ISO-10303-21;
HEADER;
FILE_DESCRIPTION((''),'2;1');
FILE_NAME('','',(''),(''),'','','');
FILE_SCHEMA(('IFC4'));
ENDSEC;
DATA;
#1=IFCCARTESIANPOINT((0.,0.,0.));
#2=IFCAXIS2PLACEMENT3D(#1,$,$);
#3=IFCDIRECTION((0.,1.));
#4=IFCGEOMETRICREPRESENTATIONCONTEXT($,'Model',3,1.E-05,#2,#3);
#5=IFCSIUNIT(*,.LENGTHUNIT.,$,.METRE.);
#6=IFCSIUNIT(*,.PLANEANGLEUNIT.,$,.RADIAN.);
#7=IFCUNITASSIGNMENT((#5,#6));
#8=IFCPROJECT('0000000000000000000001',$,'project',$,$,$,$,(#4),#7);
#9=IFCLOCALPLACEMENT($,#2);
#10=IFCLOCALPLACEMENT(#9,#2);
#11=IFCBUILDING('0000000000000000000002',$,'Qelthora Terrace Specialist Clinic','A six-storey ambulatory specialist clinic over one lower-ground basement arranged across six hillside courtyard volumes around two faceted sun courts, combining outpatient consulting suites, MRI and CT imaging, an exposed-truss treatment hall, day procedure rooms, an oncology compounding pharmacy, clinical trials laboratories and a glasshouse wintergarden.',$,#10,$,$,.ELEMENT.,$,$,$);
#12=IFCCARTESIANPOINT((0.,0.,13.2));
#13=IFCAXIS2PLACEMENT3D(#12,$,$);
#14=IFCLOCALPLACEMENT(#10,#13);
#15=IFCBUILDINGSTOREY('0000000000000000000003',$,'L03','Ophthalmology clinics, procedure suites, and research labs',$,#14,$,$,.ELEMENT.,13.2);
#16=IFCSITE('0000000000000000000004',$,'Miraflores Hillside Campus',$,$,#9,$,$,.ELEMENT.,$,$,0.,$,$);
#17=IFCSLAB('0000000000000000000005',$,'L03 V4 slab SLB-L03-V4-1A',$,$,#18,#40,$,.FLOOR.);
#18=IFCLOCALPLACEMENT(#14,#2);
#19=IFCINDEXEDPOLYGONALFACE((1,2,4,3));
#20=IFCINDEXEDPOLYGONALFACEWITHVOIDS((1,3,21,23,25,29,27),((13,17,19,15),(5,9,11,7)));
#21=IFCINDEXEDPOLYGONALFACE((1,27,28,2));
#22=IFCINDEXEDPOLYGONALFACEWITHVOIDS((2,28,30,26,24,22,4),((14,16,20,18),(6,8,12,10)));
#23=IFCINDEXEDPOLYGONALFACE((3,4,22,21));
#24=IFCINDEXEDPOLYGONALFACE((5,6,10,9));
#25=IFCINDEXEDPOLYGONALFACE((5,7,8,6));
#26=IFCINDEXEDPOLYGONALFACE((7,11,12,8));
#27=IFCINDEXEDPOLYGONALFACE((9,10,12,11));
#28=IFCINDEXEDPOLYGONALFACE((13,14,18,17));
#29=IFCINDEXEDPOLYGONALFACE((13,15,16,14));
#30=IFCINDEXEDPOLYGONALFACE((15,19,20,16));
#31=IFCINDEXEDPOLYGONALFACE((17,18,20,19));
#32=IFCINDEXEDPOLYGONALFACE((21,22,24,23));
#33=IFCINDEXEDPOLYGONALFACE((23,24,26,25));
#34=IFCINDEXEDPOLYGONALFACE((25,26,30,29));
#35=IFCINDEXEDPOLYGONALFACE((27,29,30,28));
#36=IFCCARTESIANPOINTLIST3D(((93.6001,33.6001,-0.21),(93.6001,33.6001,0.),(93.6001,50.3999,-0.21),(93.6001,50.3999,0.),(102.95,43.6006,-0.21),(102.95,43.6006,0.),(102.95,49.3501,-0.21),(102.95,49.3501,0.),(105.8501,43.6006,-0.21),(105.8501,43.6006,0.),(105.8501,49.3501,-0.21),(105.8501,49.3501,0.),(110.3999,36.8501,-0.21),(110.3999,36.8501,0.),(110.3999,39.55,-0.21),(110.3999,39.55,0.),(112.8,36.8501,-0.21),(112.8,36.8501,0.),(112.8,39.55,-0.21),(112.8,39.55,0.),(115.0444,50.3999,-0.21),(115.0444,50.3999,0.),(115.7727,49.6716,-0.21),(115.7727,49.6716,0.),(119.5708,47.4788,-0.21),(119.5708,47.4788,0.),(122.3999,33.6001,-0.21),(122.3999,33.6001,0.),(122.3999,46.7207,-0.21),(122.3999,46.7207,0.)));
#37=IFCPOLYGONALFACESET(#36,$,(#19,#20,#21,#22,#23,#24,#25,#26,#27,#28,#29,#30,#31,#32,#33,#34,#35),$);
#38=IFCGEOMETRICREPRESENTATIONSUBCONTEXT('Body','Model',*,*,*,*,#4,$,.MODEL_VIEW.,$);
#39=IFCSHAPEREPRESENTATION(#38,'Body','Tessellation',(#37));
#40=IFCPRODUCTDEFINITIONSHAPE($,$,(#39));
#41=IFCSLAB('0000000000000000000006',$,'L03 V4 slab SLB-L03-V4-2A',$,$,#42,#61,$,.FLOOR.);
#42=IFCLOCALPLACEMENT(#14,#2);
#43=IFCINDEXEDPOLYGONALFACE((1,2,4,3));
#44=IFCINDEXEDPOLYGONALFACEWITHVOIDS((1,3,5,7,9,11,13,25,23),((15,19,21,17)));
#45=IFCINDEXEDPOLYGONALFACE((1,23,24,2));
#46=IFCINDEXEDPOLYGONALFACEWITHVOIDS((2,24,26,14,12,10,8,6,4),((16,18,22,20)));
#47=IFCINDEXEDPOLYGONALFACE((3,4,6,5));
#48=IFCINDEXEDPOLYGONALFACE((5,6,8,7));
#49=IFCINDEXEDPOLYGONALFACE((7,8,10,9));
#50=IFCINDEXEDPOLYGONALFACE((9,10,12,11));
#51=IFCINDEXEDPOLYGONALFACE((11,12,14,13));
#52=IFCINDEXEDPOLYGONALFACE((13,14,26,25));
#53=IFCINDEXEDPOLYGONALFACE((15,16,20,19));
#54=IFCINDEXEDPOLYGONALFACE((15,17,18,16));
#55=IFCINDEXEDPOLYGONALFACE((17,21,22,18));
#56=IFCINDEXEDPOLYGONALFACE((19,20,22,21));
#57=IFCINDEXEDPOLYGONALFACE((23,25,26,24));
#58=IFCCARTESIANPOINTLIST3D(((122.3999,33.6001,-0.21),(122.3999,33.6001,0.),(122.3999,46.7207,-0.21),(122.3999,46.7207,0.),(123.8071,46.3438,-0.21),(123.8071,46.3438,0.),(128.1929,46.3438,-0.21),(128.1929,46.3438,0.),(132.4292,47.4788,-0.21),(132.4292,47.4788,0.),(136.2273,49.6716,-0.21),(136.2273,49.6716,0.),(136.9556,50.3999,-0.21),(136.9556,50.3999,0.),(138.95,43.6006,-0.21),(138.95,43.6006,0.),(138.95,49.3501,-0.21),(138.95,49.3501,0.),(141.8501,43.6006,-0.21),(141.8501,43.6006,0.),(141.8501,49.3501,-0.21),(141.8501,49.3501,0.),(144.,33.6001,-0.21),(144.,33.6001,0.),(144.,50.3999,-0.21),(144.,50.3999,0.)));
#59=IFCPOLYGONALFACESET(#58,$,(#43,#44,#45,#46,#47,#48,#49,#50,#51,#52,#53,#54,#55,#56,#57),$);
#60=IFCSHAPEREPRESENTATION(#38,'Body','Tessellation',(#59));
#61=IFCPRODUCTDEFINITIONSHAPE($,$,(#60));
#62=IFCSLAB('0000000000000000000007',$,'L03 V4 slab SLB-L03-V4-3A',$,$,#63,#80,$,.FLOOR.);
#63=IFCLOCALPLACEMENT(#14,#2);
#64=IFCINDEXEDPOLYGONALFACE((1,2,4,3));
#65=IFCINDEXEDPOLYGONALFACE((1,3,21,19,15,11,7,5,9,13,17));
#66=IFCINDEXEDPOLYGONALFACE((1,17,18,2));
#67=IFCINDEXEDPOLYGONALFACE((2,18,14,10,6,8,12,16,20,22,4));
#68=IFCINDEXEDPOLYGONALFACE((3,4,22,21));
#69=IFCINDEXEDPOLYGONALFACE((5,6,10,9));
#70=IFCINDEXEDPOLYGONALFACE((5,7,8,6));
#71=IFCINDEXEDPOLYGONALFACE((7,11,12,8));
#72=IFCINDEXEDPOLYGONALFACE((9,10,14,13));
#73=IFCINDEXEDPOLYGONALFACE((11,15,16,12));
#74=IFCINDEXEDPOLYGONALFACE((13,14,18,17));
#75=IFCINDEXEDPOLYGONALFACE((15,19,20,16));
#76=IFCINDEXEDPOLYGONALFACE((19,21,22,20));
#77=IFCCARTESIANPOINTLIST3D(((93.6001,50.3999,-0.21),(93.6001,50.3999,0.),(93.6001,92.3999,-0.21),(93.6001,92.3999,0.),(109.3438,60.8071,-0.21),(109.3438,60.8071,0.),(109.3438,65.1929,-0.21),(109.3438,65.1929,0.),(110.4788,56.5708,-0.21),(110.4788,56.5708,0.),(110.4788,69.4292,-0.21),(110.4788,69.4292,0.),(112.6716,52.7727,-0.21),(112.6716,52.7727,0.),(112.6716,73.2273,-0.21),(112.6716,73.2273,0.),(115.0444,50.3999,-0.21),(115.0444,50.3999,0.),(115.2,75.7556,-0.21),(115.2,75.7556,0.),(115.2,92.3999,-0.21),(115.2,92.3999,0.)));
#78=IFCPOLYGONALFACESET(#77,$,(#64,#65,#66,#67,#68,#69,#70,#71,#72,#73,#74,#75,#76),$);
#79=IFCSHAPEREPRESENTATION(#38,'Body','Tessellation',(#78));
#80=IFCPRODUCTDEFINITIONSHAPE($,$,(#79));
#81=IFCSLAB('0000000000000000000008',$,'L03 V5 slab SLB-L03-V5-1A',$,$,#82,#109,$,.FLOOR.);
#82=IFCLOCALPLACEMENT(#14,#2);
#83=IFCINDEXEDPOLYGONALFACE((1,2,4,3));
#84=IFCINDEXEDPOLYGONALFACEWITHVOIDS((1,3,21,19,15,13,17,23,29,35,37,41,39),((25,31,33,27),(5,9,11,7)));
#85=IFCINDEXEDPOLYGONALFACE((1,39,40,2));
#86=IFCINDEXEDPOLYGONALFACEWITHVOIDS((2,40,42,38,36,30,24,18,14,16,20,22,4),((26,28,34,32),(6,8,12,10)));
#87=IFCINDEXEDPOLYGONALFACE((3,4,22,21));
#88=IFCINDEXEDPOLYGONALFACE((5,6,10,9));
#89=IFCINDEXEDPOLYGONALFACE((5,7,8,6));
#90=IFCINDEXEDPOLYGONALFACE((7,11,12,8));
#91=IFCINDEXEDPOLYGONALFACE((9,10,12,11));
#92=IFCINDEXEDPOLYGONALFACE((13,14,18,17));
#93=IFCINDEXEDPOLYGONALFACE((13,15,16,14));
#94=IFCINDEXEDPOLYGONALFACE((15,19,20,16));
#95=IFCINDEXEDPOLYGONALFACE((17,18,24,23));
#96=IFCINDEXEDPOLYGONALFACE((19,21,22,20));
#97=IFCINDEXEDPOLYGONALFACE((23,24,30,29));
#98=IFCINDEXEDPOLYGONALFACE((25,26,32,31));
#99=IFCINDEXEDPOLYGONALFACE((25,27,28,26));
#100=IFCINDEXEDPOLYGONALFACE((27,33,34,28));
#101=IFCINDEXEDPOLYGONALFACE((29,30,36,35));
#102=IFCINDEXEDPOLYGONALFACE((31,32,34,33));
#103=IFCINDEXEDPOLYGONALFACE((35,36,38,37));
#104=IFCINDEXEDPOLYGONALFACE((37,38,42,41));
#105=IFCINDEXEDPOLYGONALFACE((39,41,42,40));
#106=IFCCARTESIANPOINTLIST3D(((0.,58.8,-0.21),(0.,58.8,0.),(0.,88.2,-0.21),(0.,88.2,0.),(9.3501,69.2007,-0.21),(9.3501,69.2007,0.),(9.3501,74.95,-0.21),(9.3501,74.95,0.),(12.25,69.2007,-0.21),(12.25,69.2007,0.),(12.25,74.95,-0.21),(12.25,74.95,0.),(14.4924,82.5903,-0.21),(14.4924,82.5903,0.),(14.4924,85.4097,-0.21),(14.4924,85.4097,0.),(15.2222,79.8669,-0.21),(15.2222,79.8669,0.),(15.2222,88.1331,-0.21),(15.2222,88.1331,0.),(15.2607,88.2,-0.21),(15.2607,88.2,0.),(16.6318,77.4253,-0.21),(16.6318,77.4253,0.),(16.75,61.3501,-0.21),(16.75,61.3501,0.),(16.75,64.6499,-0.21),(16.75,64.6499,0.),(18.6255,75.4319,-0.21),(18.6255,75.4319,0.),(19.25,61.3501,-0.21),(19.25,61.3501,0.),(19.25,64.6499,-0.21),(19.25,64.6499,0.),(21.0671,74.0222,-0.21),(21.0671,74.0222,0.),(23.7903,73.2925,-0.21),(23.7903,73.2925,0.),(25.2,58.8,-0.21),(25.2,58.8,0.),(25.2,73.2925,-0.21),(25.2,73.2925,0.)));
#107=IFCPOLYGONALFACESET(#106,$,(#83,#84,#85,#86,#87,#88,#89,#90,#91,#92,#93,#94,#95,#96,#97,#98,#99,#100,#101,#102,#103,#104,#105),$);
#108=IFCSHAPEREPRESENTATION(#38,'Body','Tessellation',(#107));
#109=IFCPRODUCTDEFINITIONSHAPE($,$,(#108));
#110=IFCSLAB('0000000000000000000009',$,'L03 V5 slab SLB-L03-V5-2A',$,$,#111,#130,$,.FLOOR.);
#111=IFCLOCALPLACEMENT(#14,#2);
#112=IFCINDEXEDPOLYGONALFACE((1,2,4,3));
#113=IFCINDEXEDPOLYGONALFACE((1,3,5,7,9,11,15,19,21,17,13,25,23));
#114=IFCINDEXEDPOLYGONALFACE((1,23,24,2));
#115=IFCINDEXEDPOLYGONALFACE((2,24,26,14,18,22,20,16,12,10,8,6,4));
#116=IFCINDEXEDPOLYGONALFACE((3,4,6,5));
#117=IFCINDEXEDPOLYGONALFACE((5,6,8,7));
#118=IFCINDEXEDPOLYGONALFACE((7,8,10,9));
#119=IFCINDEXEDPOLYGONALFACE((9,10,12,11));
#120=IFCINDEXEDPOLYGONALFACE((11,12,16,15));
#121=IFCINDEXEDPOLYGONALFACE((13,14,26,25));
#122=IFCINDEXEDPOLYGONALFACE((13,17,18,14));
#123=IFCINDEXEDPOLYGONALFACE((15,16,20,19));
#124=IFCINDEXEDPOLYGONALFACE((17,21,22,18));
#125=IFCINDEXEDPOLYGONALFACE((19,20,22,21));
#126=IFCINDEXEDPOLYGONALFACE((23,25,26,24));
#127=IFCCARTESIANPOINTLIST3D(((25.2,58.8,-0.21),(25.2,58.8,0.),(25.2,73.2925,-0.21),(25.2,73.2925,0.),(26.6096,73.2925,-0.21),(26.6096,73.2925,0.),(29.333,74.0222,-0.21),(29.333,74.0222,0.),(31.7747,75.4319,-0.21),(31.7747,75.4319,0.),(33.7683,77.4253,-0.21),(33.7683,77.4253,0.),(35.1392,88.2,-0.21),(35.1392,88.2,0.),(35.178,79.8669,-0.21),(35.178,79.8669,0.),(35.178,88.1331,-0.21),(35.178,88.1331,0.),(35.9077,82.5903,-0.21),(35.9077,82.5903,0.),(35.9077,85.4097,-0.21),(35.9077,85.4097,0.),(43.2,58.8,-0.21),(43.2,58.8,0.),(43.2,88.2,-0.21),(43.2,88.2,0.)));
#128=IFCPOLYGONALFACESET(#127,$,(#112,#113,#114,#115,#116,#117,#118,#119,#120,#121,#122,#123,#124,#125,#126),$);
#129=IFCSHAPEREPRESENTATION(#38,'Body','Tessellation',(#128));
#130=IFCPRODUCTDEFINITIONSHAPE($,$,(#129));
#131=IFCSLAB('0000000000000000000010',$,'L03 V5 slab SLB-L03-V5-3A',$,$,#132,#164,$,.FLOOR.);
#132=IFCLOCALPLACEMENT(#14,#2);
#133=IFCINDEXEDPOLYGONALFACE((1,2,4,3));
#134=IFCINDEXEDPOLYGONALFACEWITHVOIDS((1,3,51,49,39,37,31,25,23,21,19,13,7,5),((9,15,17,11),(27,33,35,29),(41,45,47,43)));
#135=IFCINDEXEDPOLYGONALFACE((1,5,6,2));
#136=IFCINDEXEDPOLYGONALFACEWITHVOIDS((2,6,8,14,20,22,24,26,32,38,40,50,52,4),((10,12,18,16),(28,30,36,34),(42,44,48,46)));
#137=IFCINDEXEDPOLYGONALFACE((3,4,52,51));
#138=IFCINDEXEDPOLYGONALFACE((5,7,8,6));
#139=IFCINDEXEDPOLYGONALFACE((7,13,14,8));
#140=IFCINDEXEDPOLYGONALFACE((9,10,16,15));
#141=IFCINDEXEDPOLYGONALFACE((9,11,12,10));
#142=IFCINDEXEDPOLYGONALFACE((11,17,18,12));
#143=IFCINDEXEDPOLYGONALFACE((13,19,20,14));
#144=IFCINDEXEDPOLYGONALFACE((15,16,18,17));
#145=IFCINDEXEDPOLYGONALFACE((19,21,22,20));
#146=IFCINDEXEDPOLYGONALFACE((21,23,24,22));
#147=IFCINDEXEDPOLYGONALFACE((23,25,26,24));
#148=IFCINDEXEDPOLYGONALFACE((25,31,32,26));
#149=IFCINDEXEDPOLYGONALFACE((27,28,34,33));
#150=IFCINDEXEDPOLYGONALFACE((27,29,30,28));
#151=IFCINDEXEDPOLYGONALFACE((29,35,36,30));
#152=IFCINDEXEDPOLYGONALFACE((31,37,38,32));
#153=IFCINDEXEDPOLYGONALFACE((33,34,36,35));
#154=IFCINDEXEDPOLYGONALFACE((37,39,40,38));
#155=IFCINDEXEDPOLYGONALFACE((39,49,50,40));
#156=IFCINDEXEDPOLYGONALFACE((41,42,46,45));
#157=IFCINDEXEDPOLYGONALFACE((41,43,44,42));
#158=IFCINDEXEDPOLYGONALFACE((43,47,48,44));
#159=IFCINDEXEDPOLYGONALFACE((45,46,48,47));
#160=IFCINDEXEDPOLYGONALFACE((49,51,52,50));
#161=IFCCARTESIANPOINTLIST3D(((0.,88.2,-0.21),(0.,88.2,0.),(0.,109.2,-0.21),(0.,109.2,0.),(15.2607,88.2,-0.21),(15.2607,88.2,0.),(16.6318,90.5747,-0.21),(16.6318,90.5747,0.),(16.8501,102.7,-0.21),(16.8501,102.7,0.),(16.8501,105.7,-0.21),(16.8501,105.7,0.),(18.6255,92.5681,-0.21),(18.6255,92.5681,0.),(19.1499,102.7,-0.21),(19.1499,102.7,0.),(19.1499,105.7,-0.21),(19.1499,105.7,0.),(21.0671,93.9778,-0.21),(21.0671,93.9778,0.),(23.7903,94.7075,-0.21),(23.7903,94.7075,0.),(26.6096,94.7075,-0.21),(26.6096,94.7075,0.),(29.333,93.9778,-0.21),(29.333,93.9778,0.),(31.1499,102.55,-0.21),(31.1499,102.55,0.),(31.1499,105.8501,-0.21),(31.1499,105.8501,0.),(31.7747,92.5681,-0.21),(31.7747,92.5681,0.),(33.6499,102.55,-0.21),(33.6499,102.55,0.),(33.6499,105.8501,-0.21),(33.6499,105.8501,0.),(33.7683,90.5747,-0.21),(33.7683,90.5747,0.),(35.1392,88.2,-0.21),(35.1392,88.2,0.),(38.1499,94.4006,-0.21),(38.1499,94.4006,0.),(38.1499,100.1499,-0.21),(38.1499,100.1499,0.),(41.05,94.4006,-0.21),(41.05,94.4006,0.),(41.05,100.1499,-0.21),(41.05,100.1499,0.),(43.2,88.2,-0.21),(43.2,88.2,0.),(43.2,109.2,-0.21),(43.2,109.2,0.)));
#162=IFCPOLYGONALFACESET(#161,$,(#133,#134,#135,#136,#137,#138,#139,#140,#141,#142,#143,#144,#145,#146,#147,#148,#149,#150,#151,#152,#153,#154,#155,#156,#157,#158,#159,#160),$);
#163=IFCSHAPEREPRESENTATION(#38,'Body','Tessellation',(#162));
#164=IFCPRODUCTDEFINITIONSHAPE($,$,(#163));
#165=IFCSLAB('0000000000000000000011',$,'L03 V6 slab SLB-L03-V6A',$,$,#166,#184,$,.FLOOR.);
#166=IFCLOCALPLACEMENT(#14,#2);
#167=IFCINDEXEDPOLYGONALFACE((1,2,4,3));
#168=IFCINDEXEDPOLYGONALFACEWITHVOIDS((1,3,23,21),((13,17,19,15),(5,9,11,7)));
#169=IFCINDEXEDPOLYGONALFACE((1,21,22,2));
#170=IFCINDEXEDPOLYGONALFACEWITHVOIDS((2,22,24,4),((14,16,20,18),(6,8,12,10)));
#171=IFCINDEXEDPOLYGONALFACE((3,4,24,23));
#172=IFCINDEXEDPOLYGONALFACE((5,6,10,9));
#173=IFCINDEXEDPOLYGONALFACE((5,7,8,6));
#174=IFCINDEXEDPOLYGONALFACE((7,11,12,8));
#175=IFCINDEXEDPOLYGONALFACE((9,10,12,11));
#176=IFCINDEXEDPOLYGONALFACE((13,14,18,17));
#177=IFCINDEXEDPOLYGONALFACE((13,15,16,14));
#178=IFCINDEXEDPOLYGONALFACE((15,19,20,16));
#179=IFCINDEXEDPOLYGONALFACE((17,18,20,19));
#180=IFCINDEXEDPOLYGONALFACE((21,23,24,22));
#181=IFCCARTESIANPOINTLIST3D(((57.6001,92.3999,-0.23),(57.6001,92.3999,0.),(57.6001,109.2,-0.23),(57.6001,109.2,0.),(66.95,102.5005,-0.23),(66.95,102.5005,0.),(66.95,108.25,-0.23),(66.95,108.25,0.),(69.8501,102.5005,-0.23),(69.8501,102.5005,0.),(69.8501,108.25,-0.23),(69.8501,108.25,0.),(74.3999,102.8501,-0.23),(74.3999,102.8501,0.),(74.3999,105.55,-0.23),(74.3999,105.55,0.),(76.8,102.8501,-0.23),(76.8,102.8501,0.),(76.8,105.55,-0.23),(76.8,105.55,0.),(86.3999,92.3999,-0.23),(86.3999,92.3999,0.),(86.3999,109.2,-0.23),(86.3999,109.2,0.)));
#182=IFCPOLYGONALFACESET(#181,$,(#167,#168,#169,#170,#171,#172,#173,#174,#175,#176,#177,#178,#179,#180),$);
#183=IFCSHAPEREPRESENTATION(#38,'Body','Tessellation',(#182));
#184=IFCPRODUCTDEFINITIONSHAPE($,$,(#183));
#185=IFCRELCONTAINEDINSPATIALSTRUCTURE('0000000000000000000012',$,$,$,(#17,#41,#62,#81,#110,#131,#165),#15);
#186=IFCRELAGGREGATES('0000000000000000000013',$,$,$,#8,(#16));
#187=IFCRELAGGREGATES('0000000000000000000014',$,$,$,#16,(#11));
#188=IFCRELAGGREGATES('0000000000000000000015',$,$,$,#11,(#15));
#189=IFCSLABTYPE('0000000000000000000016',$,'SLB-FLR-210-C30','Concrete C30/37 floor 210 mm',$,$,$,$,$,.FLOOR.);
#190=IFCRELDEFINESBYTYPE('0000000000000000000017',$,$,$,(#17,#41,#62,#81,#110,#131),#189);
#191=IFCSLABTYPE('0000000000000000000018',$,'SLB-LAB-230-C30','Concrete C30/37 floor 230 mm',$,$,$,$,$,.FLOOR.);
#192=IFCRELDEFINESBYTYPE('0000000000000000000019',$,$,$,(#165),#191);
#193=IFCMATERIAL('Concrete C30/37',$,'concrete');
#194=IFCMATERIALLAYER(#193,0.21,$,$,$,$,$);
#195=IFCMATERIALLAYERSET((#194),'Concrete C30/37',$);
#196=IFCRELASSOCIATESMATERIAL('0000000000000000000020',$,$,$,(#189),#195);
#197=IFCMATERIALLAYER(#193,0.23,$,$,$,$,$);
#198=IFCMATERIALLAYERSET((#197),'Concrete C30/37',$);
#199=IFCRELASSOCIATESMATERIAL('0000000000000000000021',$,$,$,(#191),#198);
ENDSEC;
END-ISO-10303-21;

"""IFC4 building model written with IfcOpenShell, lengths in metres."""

from ifc_helpers import new_model, si_unit, direction, frame, origin, place, context, subcontext, project, spatial, polyline, outline, extrude, material, layer, layer_set, type_object, element, save


model = new_model("IFC4")

# Units and contexts
model_context = context("Model", 3, precision=1e-05, world=origin(), true_north=direction((0.0, 1.0)))
body_context = subcontext(model_context, "Body", "Model", "MODEL_VIEW")
ifc_project = project(units=[si_unit("LENGTHUNIT", "METRE"), si_unit("PLANEANGLEUNIT", "RADIAN")], contexts=[model_context])

# Site, building, storey
site_placement = place(None, origin())
site = spatial("IfcSite", under=ifc_project, at=site_placement, Name="Miraflores Hillside Campus", CompositionType="ELEMENT", RefElevation=0.0)
building_placement = place(site_placement, origin())
building = spatial("IfcBuilding", under=site, at=building_placement, Name="Qelthora Terrace Specialist Clinic", Description="A six-storey ambulatory specialist clinic over one lower-ground basement arranged across six hillside courtyard volumes around two faceted sun courts, combining outpatient consulting suites, MRI and CT imaging, an exposed-truss treatment hall, day procedure rooms, an oncology compounding pharmacy, clinical trials laboratories and a glasshouse wintergarden.", CompositionType="ELEMENT")
storey_placement = place(building_placement, frame((0.0, 0.0, 13.2)))
storey = spatial("IfcBuildingStorey", under=building, at=storey_placement, Name="L03", Description="Ophthalmology clinics, procedure suites, and research labs", CompositionType="ELEMENT", Elevation=13.2)

# Slabs
ifc_material_1 = material(Name="Concrete C30/37", Category="concrete")
ifc_layer_1 = layer(ifc_material_1, 0.21)
ifc_layer_set_1 = layer_set([ifc_layer_1], Name="Concrete C30/37")
slab_type_1 = type_object("IfcSlabType", Name="SLB-FLR-210-C30", Description="Concrete C30/37 floor 210 mm", PredefinedType="FLOOR", material=ifc_layer_set_1)
slab_1_placement = place(storey_placement, frame((0.0, 0.0, -0.21)))
element("IfcSlab", 1, at=slab_1_placement, inside=storey, type_object=slab_type_1, Name="L03 V4 slab SLB-L03-V4-1A", PredefinedType="FLOOR", context=body_context, shape_type="SweptSolid", body=[
    extrude(outline(polyline([(93.6001, 33.6001), (93.6001, 50.3999), (115.0444, 50.3999), (115.7727, 49.6716), (119.5708, 47.4788), (122.3999, 46.7207), (122.3999, 33.6001), (93.6001, 33.6001)]), holes=[polyline([(112.8, 39.55), (110.3999, 39.55), (110.3999, 36.8501), (112.8, 36.8501), (112.8, 39.55)]), polyline([(105.8501, 49.3501), (102.95, 49.3501), (102.95, 43.6006), (105.8501, 43.6006), (105.8501, 49.3501)])]), origin(), (0.0, 0.0, 1.0), 0.21),
])
slab_2_placement = place(storey_placement, frame((0.0, 0.0, -0.21)))
element("IfcSlab", 2, at=slab_2_placement, inside=storey, type_object=slab_type_1, Name="L03 V4 slab SLB-L03-V4-2A", PredefinedType="FLOOR", context=body_context, shape_type="SweptSolid", body=[
    extrude(outline(polyline([(144.0, 33.6001), (122.3999, 33.6001), (122.3999, 46.7207), (123.8071, 46.3438), (128.1929, 46.3438), (132.4292, 47.4788), (136.2273, 49.6716), (136.9556, 50.3999), (144.0, 50.3999), (144.0, 33.6001)]), holes=[polyline([(141.8501, 49.3501), (138.95, 49.3501), (138.95, 43.6006), (141.8501, 43.6006), (141.8501, 49.3501)])]), origin(), (0.0, 0.0, 1.0), 0.21),
])
slab_3_placement = place(storey_placement, frame((0.0, 0.0, -0.21)))
element("IfcSlab", 3, at=slab_3_placement, inside=storey, type_object=slab_type_1, Name="L03 V4 slab SLB-L03-V4-3A", PredefinedType="FLOOR", context=body_context, shape_type="SweptSolid", body=[
    extrude(outline(polyline([(93.6001, 92.3999), (115.2, 92.3999), (115.2, 75.7556), (112.6716, 73.2273), (110.4788, 69.4292), (109.3438, 65.1929), (109.3438, 60.8071), (110.4788, 56.5708), (112.6716, 52.7727), (115.0444, 50.3999), (93.6001, 50.3999), (93.6001, 92.3999)])), origin(), (0.0, 0.0, 1.0), 0.21),
])
slab_4_placement = place(storey_placement, frame((0.0, 0.0, -0.21)))
element("IfcSlab", 4, at=slab_4_placement, inside=storey, type_object=slab_type_1, Name="L03 V5 slab SLB-L03-V5-1A", PredefinedType="FLOOR", context=body_context, shape_type="SweptSolid", body=[
    extrude(outline(polyline([(0.0, 58.8), (0.0, 88.2), (15.2607, 88.2), (15.2222, 88.1331), (14.4924, 85.4097), (14.4924, 82.5903), (15.2222, 79.8669), (16.6318, 77.4253), (18.6255, 75.4319), (21.0671, 74.0222), (23.7903, 73.2925), (25.2, 73.2925), (25.2, 58.8), (0.0, 58.8)]), holes=[polyline([(19.25, 61.3501), (19.25, 64.6499), (16.75, 64.6499), (16.75, 61.3501), (19.25, 61.3501)]), polyline([(12.25, 69.2007), (12.25, 74.95), (9.3501, 74.95), (9.3501, 69.2007), (12.25, 69.2007)])]), origin(), (0.0, 0.0, 1.0), 0.21),
])
slab_5_placement = place(storey_placement, frame((0.0, 0.0, -0.21)))
element("IfcSlab", 5, at=slab_5_placement, inside=storey, type_object=slab_type_1, Name="L03 V5 slab SLB-L03-V5-2A", PredefinedType="FLOOR", context=body_context, shape_type="SweptSolid", body=[
    extrude(outline(polyline([(43.2, 58.8), (25.2, 58.8), (25.2, 73.2925), (26.6096, 73.2925), (29.333, 74.0222), (31.7747, 75.4319), (33.7683, 77.4253), (35.178, 79.8669), (35.9077, 82.5903), (35.9077, 85.4097), (35.178, 88.1331), (35.1392, 88.2), (43.2, 88.2), (43.2, 58.8)])), origin(), (0.0, 0.0, 1.0), 0.21),
])
slab_6_placement = place(storey_placement, frame((0.0, 0.0, -0.21)))
element("IfcSlab", 6, at=slab_6_placement, inside=storey, type_object=slab_type_1, Name="L03 V5 slab SLB-L03-V5-3A", PredefinedType="FLOOR", context=body_context, shape_type="SweptSolid", body=[
    extrude(outline(polyline([(0.0, 109.2), (43.2, 109.2), (43.2, 88.2), (35.1392, 88.2), (33.7683, 90.5747), (31.7747, 92.5681), (29.333, 93.9778), (26.6096, 94.7075), (23.7903, 94.7075), (21.0671, 93.9778), (18.6255, 92.5681), (16.6318, 90.5747), (15.2607, 88.2), (0.0, 88.2), (0.0, 109.2)]), holes=[polyline([(41.05, 100.1499), (38.1499, 100.1499), (38.1499, 94.4006), (41.05, 94.4006), (41.05, 100.1499)]), polyline([(33.6499, 105.8501), (31.1499, 105.8501), (31.1499, 102.55), (33.6499, 102.55), (33.6499, 105.8501)]), polyline([(19.1499, 102.7), (19.1499, 105.7), (16.8501, 105.7), (16.8501, 102.7), (19.1499, 102.7)])]), origin(), (0.0, 0.0, 1.0), 0.21),
])
ifc_layer_2 = layer(ifc_material_1, 0.23)
ifc_layer_set_2 = layer_set([ifc_layer_2], Name="Concrete C30/37")
slab_type_2 = type_object("IfcSlabType", Name="SLB-LAB-230-C30", Description="Concrete C30/37 floor 230 mm", PredefinedType="FLOOR", material=ifc_layer_set_2)
slab_7_placement = place(storey_placement, frame((0.0, 0.0, -0.23)))
element("IfcSlab", 7, at=slab_7_placement, inside=storey, type_object=slab_type_2, Name="L03 V6 slab SLB-L03-V6A", PredefinedType="FLOOR", context=body_context, shape_type="SweptSolid", body=[
    extrude(outline(polyline([(57.6001, 109.2), (86.3999, 109.2), (86.3999, 92.3999), (57.6001, 92.3999), (57.6001, 109.2)]), holes=[polyline([(76.8, 105.55), (74.3999, 105.55), (74.3999, 102.8501), (76.8, 102.8501), (76.8, 105.55)]), polyline([(69.8501, 102.5005), (69.8501, 108.25), (66.95, 108.25), (66.95, 102.5005), (69.8501, 102.5005)])]), origin(), (0.0, 0.0, 1.0), 0.23),
])

save(model, "model.ifc")
